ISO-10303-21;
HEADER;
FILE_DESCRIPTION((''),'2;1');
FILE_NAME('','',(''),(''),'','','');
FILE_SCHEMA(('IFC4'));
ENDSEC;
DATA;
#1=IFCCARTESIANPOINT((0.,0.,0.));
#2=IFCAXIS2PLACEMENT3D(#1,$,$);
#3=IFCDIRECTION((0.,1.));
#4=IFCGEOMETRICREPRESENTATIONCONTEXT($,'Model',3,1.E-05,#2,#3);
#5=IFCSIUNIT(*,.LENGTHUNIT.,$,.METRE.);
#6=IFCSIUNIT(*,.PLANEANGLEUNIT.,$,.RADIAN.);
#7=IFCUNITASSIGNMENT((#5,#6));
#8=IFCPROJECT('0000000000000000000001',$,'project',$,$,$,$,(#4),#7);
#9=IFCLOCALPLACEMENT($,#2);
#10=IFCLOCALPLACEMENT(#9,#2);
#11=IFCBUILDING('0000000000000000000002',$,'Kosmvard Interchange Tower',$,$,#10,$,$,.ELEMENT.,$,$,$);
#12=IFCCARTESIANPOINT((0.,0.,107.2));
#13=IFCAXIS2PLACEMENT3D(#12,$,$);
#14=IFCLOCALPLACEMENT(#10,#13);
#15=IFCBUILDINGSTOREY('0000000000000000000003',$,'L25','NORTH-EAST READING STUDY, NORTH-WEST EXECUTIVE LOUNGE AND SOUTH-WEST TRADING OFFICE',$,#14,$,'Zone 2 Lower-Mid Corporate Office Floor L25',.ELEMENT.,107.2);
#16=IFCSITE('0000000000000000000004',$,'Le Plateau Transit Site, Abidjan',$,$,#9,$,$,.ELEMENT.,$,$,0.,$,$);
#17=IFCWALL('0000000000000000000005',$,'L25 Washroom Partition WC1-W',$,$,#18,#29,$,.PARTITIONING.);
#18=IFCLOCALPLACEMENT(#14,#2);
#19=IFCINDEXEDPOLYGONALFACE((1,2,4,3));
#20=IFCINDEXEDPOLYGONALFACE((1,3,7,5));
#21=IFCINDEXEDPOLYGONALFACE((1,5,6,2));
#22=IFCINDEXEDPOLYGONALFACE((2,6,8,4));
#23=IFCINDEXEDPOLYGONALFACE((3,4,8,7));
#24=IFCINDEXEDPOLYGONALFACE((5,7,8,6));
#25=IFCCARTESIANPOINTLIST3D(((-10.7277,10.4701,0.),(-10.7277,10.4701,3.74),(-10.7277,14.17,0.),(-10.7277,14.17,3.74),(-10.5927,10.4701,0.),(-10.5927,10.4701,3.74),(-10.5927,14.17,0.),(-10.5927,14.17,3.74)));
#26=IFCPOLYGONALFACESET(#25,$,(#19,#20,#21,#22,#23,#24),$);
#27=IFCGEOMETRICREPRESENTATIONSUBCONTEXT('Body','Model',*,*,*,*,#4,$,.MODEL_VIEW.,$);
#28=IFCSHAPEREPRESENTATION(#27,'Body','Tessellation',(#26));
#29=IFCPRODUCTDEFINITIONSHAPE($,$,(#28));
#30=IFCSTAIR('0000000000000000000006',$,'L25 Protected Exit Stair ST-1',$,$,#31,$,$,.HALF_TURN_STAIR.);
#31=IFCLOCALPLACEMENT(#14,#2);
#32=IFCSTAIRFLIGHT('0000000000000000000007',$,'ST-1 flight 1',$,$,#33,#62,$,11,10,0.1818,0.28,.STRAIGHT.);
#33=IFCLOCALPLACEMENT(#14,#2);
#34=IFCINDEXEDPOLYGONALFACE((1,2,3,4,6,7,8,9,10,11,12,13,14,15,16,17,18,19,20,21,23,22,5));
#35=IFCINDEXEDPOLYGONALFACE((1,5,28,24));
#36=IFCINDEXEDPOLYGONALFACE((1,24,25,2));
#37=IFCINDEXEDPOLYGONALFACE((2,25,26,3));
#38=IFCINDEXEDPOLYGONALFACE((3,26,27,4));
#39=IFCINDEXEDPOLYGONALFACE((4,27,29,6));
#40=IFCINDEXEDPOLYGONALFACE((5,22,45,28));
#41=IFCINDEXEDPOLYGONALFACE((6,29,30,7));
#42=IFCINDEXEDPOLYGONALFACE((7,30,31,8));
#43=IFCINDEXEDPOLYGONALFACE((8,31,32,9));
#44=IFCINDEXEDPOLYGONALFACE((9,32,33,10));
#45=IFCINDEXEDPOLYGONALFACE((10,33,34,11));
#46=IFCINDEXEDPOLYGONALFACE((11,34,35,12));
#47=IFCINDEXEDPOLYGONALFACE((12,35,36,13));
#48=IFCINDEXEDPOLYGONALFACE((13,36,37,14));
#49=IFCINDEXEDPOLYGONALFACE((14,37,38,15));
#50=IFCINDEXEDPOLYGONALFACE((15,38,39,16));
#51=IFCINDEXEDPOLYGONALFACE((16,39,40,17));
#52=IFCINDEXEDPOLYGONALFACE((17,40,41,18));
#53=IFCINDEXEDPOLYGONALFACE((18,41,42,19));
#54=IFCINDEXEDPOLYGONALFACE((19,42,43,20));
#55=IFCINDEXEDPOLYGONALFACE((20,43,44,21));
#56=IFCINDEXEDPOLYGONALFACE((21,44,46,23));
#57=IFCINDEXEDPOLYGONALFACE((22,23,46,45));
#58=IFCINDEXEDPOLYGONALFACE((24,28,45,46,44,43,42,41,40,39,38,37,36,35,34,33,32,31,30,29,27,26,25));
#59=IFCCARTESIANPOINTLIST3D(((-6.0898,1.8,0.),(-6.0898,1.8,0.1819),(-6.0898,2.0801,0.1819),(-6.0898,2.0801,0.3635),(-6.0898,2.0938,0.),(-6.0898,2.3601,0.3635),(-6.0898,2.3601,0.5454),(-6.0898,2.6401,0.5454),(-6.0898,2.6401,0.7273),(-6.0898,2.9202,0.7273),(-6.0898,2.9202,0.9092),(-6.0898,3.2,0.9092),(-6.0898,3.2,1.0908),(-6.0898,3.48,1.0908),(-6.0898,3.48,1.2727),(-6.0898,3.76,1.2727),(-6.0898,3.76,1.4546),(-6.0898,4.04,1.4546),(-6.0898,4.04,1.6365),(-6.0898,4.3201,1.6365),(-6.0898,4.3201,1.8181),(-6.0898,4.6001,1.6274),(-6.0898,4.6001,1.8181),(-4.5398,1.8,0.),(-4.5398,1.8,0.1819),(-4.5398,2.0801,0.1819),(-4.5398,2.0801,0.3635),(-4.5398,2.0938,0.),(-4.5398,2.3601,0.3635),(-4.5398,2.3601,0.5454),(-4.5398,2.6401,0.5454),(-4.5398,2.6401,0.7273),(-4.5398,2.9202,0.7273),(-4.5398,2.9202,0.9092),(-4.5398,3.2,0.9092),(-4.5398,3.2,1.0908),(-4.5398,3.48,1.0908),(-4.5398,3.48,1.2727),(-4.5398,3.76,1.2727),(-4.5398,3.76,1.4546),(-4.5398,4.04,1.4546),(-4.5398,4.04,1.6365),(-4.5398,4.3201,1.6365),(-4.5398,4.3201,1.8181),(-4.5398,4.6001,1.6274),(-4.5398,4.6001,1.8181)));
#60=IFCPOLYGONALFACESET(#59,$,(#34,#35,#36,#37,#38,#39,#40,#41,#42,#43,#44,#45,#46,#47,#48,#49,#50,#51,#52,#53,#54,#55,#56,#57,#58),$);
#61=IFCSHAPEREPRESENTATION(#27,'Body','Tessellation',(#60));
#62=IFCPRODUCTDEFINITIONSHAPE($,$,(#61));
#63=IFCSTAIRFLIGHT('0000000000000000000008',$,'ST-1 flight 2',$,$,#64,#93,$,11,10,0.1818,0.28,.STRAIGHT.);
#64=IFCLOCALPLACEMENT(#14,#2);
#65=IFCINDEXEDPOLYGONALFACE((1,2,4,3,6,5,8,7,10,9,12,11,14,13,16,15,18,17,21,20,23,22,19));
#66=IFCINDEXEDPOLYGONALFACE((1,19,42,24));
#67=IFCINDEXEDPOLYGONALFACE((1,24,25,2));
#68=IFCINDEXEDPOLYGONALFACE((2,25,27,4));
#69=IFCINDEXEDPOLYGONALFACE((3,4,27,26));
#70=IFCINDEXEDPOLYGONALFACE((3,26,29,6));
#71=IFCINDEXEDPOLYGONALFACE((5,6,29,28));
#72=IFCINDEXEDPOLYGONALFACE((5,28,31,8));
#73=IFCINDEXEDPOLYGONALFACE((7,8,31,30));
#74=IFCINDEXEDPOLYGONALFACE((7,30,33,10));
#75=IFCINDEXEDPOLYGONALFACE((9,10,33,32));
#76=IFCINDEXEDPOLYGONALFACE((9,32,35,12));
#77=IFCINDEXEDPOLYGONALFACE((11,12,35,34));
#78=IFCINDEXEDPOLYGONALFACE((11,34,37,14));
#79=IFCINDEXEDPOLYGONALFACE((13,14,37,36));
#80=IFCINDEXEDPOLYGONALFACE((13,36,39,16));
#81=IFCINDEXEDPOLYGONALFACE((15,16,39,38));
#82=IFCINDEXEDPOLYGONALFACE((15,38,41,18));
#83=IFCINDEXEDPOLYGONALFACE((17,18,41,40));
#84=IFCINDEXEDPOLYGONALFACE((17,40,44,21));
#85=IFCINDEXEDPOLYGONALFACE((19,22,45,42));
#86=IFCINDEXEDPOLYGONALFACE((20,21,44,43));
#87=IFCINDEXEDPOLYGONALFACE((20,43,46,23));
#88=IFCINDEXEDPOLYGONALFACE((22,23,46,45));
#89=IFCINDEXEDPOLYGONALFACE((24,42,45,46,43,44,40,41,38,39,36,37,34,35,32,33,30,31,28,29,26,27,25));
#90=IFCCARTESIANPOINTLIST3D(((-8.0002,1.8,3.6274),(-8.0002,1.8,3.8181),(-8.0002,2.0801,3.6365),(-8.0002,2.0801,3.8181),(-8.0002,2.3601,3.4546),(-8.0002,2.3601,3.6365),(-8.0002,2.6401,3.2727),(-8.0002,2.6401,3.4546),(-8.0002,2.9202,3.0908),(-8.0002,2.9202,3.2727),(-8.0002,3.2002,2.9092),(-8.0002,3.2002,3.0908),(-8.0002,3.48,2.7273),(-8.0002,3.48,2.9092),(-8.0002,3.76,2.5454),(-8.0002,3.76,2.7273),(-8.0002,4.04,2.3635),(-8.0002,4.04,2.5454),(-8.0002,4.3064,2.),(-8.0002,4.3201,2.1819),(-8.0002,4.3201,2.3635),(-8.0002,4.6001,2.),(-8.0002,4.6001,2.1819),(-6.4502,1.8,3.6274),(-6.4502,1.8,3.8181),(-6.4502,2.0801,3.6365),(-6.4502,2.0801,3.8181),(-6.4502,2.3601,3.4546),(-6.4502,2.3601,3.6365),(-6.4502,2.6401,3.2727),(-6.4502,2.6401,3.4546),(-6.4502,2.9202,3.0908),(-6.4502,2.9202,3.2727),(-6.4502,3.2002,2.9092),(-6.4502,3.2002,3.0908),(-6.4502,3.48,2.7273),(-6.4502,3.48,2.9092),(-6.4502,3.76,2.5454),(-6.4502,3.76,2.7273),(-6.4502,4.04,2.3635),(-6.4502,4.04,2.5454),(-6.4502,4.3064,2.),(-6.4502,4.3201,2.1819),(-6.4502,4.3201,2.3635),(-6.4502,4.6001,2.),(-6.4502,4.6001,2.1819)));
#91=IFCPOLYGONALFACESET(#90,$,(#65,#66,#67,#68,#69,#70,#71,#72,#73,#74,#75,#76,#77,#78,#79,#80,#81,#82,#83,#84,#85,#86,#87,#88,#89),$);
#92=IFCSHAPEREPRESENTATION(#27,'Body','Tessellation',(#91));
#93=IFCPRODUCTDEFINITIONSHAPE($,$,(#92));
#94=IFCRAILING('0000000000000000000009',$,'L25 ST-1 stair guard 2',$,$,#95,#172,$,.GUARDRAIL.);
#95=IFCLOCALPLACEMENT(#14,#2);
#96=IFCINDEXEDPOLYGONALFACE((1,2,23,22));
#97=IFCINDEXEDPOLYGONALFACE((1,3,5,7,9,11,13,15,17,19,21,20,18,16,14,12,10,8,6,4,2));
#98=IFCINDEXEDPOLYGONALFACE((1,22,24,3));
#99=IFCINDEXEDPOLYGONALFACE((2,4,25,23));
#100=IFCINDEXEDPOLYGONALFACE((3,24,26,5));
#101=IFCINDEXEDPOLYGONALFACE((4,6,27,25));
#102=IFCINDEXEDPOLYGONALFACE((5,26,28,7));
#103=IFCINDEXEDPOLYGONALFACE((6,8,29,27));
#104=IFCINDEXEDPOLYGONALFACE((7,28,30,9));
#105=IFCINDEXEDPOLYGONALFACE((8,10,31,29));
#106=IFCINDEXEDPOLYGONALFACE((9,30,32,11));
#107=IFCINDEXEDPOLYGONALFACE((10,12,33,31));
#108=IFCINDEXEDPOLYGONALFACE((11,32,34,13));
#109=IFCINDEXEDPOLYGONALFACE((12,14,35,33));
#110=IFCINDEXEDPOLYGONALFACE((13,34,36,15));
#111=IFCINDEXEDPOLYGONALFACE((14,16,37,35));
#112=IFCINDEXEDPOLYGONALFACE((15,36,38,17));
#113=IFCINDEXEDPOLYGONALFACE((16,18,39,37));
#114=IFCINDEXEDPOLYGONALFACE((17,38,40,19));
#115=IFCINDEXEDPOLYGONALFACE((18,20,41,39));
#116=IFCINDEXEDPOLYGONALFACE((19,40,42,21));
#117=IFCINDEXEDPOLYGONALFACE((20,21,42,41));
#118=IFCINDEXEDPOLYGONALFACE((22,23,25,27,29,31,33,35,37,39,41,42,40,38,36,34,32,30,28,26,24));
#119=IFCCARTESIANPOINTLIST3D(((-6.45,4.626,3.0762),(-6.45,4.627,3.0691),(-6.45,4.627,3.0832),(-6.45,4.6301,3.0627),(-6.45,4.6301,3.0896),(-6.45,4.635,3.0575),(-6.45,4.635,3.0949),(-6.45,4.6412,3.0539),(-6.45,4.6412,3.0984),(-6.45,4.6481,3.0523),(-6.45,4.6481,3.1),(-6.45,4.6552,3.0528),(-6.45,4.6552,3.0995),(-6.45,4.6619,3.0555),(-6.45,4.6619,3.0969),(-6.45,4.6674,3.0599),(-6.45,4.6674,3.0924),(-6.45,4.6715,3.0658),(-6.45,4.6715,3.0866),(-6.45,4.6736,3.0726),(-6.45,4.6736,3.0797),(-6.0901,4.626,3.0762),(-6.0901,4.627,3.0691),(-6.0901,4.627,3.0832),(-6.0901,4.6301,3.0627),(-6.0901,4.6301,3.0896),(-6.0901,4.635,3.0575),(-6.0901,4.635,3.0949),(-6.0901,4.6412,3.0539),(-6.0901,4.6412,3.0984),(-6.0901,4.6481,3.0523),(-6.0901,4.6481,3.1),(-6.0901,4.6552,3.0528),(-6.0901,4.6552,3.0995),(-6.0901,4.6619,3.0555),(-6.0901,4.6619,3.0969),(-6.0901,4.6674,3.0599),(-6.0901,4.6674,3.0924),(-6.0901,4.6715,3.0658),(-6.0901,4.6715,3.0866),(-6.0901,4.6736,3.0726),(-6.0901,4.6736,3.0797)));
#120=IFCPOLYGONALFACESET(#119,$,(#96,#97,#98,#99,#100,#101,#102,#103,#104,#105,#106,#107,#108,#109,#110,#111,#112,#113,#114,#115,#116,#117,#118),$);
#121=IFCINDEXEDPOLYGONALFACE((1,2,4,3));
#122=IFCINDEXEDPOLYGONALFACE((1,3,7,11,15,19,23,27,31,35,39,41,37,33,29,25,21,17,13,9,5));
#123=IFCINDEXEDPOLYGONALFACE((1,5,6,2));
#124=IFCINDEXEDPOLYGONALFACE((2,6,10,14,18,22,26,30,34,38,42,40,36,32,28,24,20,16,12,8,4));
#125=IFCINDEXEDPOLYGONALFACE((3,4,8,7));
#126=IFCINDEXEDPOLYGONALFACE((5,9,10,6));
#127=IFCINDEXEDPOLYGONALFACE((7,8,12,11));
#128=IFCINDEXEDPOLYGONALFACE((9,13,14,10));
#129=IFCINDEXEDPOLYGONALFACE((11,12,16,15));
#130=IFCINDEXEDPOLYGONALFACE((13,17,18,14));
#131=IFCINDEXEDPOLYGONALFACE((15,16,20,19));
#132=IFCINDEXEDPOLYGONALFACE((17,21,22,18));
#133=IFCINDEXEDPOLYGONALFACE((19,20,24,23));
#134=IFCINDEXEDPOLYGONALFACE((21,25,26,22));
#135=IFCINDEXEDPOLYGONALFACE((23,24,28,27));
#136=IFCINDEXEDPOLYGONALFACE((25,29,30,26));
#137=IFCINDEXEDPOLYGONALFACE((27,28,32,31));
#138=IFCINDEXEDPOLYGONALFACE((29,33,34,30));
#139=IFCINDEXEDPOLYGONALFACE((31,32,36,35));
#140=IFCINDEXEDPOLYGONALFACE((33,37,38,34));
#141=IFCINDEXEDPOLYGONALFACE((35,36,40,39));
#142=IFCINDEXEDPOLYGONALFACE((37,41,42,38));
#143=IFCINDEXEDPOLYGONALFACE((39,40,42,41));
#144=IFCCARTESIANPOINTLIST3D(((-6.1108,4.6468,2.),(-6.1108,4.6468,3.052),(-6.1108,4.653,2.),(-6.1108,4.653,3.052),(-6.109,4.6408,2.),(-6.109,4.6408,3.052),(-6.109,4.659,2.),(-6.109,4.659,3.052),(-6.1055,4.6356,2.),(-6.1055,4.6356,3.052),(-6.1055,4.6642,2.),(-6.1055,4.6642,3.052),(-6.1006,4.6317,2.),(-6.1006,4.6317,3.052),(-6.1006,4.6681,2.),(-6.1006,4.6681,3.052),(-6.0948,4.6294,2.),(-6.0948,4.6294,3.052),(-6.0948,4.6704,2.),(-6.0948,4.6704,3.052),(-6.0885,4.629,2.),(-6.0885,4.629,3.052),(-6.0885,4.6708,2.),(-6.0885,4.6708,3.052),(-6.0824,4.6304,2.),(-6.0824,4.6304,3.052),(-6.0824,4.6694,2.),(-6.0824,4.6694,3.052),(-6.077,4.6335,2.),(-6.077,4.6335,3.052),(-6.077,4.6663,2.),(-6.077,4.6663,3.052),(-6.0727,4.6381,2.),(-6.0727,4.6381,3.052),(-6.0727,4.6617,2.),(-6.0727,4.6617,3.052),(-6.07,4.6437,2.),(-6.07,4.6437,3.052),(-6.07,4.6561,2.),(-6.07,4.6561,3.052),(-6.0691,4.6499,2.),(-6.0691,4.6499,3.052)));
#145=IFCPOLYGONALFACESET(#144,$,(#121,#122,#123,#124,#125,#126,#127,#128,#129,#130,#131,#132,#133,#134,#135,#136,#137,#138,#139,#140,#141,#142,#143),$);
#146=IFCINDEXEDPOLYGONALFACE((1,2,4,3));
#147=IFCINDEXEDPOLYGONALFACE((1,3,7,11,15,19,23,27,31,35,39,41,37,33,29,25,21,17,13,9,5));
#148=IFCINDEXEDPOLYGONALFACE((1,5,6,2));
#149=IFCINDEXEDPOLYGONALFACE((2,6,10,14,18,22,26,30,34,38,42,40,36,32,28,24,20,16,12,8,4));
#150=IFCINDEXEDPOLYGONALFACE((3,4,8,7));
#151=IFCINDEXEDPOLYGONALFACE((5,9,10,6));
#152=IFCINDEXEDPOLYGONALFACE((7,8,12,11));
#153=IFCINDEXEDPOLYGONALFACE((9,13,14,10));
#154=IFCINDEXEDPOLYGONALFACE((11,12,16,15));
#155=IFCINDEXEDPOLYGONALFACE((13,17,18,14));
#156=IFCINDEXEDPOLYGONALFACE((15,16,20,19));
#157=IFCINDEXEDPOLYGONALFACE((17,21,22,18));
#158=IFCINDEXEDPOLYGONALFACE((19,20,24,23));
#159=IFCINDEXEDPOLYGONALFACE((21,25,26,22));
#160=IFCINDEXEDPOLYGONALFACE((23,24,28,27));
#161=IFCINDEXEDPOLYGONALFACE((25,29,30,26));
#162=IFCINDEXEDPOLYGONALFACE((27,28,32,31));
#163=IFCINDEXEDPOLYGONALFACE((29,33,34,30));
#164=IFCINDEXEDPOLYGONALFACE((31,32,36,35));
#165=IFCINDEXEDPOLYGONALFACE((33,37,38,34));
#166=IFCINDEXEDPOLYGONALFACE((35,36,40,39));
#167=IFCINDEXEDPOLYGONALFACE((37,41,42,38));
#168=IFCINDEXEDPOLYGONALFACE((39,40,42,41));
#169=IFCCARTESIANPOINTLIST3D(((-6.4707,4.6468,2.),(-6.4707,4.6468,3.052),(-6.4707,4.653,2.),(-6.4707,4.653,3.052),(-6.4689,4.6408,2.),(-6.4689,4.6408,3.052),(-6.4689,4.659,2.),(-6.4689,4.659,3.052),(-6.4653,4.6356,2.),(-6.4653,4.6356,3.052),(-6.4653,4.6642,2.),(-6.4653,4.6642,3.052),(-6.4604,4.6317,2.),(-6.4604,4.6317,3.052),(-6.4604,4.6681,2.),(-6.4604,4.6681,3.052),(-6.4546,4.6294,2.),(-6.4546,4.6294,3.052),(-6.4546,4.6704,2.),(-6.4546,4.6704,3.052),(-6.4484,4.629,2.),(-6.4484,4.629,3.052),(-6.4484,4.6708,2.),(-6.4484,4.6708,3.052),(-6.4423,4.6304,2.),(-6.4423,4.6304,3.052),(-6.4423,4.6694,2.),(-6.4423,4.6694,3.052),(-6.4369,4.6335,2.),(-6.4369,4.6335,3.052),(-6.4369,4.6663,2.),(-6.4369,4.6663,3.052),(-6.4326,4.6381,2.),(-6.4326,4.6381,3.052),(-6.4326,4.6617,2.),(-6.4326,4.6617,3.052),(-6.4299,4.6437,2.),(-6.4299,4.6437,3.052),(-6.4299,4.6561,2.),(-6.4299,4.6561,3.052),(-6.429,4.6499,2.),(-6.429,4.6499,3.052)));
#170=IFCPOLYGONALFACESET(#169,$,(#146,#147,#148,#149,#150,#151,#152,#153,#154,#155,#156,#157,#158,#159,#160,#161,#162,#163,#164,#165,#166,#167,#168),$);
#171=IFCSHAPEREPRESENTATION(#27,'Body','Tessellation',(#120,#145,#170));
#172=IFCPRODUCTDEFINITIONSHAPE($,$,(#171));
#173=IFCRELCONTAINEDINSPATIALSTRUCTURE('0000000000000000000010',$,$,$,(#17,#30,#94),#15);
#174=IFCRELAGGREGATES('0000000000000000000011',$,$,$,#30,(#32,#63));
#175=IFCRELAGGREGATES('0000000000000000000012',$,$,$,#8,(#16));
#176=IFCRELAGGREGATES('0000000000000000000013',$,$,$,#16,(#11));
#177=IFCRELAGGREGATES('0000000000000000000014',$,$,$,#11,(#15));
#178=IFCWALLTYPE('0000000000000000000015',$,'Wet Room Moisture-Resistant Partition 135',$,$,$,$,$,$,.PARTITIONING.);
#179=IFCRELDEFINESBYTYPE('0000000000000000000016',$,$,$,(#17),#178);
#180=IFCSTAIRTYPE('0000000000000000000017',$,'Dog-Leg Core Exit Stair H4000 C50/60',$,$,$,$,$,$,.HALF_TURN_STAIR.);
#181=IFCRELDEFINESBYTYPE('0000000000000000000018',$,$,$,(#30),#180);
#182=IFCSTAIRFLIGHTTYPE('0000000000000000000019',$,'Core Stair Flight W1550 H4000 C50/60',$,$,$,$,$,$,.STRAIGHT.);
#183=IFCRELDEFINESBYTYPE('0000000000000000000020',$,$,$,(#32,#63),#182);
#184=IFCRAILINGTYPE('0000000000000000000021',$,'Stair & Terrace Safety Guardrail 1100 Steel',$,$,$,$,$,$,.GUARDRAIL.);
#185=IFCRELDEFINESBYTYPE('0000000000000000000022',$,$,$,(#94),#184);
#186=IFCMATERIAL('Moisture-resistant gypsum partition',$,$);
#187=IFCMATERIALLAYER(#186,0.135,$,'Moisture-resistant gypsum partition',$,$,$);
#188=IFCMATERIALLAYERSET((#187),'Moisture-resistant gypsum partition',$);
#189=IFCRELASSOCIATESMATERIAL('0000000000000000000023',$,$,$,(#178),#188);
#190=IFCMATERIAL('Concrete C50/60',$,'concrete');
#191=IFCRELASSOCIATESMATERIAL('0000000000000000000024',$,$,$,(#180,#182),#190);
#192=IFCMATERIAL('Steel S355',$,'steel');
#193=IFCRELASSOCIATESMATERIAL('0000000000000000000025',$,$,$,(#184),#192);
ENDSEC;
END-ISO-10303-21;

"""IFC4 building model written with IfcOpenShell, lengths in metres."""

from ifc_helpers import new_model, si_unit, direction, frame, frame_2d, origin, origin_2d, place, context, subcontext, project, spatial, polyline, rectangle, circle, outline, extrude, source, transform, mapped, material, layer, layer_set, type_object, element, aggregate, save


model = new_model("IFC4")

# Units and contexts
model_context = context("Model", 3, precision=1e-05, world=origin(), true_north=direction((0.0, 1.0)))
body_context = subcontext(model_context, "Body", "Model", "MODEL_VIEW")
ifc_project = project(units=[si_unit("LENGTHUNIT", "METRE"), si_unit("PLANEANGLEUNIT", "RADIAN")], contexts=[model_context])

# Site, building, storey
site_placement = place(None, origin())
site = spatial("IfcSite", under=ifc_project, at=site_placement, Name="Le Plateau Transit Site, Abidjan", CompositionType="ELEMENT", RefElevation=0.0)
building_placement = place(site_placement, origin())
building = spatial("IfcBuilding", under=site, at=building_placement, Name="Kosmvard Interchange Tower", CompositionType="ELEMENT")
storey_placement = place(building_placement, frame((0.0, 0.0, 107.2)))
storey = spatial("IfcBuildingStorey", under=building, at=storey_placement, Name="L25", Description="NORTH-EAST READING STUDY, NORTH-WEST EXECUTIVE LOUNGE AND SOUTH-WEST TRADING OFFICE", LongName="Zone 2 Lower-Mid Corporate Office Floor L25", CompositionType="ELEMENT", Elevation=107.2)

# Shared definitions
ifc_material_1 = material(Name="Steel S355", Category="steel")

# Wall
ifc_material_2 = material(Name="Moisture-resistant gypsum partition")
ifc_layer_1 = layer(ifc_material_2, 0.135, Name="Moisture-resistant gypsum partition")
ifc_layer_set_1 = layer_set([ifc_layer_1], Name="Moisture-resistant gypsum partition")
wall_type_1 = type_object("IfcWallType", Name="Wet Room Moisture-Resistant Partition 135", PredefinedType="PARTITIONING", material=ifc_layer_set_1)
wall_1_placement = place(storey_placement, frame((-10.6602, 10.47, 0.0), z_axis=(0.0, 0.0, 1.0), x_axis=(0.0, 1.0, 0.0)))
element("IfcWall", 1, at=wall_1_placement, inside=storey, type_object=wall_type_1, Name="L25 Washroom Partition WC1-W", PredefinedType="PARTITIONING", context=body_context, shape_type="SweptSolid", body=[
    extrude(rectangle(XDim=3.7, YDim=0.135, at=frame_2d((1.8501, 0.0))), origin(), (0.0, 0.0, 1.0), 3.74),
])

# Stair, stair flights
ifc_material_3 = material(Name="Concrete C50/60", Category="concrete")
stair_type = type_object("IfcStairType", Name="Dog-Leg Core Exit Stair H4000 C50/60", PredefinedType="HALF_TURN_STAIR", material=ifc_material_3)
stair_placement = place(storey_placement, origin())
stair = element("IfcStair", 2, at=stair_placement, inside=storey, type_object=stair_type, Name="L25 Protected Exit Stair ST-1", PredefinedType="HALF_TURN_STAIR")
stair_flight_type = type_object("IfcStairFlightType", Name="Core Stair Flight W1550 H4000 C50/60", PredefinedType="STRAIGHT", material=ifc_material_3)
shared_shape_1 = source(origin(), body_context, "Body", "SweptSolid", [
    extrude(outline(polyline([(0.0, 0.0), (0.0, 0.1819), (0.28, 0.1819), (0.28, 0.3635), (0.5601, 0.3635), (0.5601, 0.5454), (0.8401, 0.5454), (0.8401, 0.7273), (1.1201, 0.7273), (1.1201, 0.9092), (1.3999, 0.9092), (1.3999, 1.0908), (1.6799, 1.0908), (1.6799, 1.2727), (1.96, 1.2727), (1.96, 1.4546), (2.24, 1.4546), (2.24, 1.6365), (2.52, 1.6365), (2.52, 1.8181), (2.8, 1.8181), (2.8, 2.0), (2.8, 1.6274), (0.2937, 0.0), (0.0, 0.0)])), frame((0.0, 0.7749, 0.0), z_axis=(0.0, -1.0, 0.0), x_axis=(1.0, 0.0, 0.0)), (0.0, 0.0, 1.0), 1.55),
])
stair_flight_1_placement = place(storey_placement, frame((-5.3149, 1.8, 0.0), z_axis=(0.0, 0.0, 1.0), x_axis=(0.0, 1.0, 0.0)))
stair_flight_1 = element("IfcStairFlight", 3, at=stair_flight_1_placement, type_object=stair_flight_type, Name="ST-1 flight 1", NumberOfRisers=11, NumberOfTreads=10, PredefinedType="STRAIGHT", RiserHeight=0.1818, TreadLength=0.28, context=body_context, shape_type="MappedRepresentation", body=[
    mapped(shared_shape_1, transform((0.0, 0.0, 0.0), scale=1.0)),
])
stair_flight_2_placement = place(storey_placement, frame((-7.2251, 4.6001, 2.0), z_axis=(0.0, 0.0, 1.0), x_axis=(0.0, -1.0, 0.0)))
stair_flight_2 = element("IfcStairFlight", 4, at=stair_flight_2_placement, type_object=stair_flight_type, Name="ST-1 flight 2", NumberOfRisers=11, NumberOfTreads=10, PredefinedType="STRAIGHT", RiserHeight=0.1818, TreadLength=0.28, context=body_context, shape_type="MappedRepresentation", body=[
    mapped(shared_shape_1, transform((0.0, 0.0, 0.0), scale=1.0)),
])
aggregate(stair, [stair_flight_1, stair_flight_2])

# Railing
railing_type_1 = type_object("IfcRailingType", Name="Stair & Terrace Safety Guardrail 1100 Steel", PredefinedType="GUARDRAIL", material=ifc_material_1)
shared_shape_2 = source(origin(), body_context, "Body", "SweptSolid", [
    extrude(circle(Radius=0.0239, at=origin_2d()), frame((0.0, 0.0, 1.0762), z_axis=(-1.0, 0.0, 0.0), x_axis=(0.0, -1.0, 0.0)), (0.0, 0.0, 1.0), 0.3599),
    extrude(circle(Radius=0.021, at=origin_2d()), origin(), (0.0, 0.0, 1.0), 1.052),
    extrude(circle(Radius=0.021, at=origin_2d()), frame((-0.3599, 0.0, 0.0)), (0.0, 0.0, 1.0), 1.052),
])
for number, where, name in (
    (5, (-6.0901, 4.6499, 2.0), "L25 ST-1 stair guard 2"),
):
    element("IfcRailing", number, at=place(storey_placement, frame(where)), inside=storey, type_object=railing_type_1, Name=name, PredefinedType="GUARDRAIL", context=body_context, shape_type="MappedRepresentation", body=[
        mapped(shared_shape_2, transform((0.0, 0.0, 0.0), scale=1.0)),
    ])

save(model, "model.ifc")
